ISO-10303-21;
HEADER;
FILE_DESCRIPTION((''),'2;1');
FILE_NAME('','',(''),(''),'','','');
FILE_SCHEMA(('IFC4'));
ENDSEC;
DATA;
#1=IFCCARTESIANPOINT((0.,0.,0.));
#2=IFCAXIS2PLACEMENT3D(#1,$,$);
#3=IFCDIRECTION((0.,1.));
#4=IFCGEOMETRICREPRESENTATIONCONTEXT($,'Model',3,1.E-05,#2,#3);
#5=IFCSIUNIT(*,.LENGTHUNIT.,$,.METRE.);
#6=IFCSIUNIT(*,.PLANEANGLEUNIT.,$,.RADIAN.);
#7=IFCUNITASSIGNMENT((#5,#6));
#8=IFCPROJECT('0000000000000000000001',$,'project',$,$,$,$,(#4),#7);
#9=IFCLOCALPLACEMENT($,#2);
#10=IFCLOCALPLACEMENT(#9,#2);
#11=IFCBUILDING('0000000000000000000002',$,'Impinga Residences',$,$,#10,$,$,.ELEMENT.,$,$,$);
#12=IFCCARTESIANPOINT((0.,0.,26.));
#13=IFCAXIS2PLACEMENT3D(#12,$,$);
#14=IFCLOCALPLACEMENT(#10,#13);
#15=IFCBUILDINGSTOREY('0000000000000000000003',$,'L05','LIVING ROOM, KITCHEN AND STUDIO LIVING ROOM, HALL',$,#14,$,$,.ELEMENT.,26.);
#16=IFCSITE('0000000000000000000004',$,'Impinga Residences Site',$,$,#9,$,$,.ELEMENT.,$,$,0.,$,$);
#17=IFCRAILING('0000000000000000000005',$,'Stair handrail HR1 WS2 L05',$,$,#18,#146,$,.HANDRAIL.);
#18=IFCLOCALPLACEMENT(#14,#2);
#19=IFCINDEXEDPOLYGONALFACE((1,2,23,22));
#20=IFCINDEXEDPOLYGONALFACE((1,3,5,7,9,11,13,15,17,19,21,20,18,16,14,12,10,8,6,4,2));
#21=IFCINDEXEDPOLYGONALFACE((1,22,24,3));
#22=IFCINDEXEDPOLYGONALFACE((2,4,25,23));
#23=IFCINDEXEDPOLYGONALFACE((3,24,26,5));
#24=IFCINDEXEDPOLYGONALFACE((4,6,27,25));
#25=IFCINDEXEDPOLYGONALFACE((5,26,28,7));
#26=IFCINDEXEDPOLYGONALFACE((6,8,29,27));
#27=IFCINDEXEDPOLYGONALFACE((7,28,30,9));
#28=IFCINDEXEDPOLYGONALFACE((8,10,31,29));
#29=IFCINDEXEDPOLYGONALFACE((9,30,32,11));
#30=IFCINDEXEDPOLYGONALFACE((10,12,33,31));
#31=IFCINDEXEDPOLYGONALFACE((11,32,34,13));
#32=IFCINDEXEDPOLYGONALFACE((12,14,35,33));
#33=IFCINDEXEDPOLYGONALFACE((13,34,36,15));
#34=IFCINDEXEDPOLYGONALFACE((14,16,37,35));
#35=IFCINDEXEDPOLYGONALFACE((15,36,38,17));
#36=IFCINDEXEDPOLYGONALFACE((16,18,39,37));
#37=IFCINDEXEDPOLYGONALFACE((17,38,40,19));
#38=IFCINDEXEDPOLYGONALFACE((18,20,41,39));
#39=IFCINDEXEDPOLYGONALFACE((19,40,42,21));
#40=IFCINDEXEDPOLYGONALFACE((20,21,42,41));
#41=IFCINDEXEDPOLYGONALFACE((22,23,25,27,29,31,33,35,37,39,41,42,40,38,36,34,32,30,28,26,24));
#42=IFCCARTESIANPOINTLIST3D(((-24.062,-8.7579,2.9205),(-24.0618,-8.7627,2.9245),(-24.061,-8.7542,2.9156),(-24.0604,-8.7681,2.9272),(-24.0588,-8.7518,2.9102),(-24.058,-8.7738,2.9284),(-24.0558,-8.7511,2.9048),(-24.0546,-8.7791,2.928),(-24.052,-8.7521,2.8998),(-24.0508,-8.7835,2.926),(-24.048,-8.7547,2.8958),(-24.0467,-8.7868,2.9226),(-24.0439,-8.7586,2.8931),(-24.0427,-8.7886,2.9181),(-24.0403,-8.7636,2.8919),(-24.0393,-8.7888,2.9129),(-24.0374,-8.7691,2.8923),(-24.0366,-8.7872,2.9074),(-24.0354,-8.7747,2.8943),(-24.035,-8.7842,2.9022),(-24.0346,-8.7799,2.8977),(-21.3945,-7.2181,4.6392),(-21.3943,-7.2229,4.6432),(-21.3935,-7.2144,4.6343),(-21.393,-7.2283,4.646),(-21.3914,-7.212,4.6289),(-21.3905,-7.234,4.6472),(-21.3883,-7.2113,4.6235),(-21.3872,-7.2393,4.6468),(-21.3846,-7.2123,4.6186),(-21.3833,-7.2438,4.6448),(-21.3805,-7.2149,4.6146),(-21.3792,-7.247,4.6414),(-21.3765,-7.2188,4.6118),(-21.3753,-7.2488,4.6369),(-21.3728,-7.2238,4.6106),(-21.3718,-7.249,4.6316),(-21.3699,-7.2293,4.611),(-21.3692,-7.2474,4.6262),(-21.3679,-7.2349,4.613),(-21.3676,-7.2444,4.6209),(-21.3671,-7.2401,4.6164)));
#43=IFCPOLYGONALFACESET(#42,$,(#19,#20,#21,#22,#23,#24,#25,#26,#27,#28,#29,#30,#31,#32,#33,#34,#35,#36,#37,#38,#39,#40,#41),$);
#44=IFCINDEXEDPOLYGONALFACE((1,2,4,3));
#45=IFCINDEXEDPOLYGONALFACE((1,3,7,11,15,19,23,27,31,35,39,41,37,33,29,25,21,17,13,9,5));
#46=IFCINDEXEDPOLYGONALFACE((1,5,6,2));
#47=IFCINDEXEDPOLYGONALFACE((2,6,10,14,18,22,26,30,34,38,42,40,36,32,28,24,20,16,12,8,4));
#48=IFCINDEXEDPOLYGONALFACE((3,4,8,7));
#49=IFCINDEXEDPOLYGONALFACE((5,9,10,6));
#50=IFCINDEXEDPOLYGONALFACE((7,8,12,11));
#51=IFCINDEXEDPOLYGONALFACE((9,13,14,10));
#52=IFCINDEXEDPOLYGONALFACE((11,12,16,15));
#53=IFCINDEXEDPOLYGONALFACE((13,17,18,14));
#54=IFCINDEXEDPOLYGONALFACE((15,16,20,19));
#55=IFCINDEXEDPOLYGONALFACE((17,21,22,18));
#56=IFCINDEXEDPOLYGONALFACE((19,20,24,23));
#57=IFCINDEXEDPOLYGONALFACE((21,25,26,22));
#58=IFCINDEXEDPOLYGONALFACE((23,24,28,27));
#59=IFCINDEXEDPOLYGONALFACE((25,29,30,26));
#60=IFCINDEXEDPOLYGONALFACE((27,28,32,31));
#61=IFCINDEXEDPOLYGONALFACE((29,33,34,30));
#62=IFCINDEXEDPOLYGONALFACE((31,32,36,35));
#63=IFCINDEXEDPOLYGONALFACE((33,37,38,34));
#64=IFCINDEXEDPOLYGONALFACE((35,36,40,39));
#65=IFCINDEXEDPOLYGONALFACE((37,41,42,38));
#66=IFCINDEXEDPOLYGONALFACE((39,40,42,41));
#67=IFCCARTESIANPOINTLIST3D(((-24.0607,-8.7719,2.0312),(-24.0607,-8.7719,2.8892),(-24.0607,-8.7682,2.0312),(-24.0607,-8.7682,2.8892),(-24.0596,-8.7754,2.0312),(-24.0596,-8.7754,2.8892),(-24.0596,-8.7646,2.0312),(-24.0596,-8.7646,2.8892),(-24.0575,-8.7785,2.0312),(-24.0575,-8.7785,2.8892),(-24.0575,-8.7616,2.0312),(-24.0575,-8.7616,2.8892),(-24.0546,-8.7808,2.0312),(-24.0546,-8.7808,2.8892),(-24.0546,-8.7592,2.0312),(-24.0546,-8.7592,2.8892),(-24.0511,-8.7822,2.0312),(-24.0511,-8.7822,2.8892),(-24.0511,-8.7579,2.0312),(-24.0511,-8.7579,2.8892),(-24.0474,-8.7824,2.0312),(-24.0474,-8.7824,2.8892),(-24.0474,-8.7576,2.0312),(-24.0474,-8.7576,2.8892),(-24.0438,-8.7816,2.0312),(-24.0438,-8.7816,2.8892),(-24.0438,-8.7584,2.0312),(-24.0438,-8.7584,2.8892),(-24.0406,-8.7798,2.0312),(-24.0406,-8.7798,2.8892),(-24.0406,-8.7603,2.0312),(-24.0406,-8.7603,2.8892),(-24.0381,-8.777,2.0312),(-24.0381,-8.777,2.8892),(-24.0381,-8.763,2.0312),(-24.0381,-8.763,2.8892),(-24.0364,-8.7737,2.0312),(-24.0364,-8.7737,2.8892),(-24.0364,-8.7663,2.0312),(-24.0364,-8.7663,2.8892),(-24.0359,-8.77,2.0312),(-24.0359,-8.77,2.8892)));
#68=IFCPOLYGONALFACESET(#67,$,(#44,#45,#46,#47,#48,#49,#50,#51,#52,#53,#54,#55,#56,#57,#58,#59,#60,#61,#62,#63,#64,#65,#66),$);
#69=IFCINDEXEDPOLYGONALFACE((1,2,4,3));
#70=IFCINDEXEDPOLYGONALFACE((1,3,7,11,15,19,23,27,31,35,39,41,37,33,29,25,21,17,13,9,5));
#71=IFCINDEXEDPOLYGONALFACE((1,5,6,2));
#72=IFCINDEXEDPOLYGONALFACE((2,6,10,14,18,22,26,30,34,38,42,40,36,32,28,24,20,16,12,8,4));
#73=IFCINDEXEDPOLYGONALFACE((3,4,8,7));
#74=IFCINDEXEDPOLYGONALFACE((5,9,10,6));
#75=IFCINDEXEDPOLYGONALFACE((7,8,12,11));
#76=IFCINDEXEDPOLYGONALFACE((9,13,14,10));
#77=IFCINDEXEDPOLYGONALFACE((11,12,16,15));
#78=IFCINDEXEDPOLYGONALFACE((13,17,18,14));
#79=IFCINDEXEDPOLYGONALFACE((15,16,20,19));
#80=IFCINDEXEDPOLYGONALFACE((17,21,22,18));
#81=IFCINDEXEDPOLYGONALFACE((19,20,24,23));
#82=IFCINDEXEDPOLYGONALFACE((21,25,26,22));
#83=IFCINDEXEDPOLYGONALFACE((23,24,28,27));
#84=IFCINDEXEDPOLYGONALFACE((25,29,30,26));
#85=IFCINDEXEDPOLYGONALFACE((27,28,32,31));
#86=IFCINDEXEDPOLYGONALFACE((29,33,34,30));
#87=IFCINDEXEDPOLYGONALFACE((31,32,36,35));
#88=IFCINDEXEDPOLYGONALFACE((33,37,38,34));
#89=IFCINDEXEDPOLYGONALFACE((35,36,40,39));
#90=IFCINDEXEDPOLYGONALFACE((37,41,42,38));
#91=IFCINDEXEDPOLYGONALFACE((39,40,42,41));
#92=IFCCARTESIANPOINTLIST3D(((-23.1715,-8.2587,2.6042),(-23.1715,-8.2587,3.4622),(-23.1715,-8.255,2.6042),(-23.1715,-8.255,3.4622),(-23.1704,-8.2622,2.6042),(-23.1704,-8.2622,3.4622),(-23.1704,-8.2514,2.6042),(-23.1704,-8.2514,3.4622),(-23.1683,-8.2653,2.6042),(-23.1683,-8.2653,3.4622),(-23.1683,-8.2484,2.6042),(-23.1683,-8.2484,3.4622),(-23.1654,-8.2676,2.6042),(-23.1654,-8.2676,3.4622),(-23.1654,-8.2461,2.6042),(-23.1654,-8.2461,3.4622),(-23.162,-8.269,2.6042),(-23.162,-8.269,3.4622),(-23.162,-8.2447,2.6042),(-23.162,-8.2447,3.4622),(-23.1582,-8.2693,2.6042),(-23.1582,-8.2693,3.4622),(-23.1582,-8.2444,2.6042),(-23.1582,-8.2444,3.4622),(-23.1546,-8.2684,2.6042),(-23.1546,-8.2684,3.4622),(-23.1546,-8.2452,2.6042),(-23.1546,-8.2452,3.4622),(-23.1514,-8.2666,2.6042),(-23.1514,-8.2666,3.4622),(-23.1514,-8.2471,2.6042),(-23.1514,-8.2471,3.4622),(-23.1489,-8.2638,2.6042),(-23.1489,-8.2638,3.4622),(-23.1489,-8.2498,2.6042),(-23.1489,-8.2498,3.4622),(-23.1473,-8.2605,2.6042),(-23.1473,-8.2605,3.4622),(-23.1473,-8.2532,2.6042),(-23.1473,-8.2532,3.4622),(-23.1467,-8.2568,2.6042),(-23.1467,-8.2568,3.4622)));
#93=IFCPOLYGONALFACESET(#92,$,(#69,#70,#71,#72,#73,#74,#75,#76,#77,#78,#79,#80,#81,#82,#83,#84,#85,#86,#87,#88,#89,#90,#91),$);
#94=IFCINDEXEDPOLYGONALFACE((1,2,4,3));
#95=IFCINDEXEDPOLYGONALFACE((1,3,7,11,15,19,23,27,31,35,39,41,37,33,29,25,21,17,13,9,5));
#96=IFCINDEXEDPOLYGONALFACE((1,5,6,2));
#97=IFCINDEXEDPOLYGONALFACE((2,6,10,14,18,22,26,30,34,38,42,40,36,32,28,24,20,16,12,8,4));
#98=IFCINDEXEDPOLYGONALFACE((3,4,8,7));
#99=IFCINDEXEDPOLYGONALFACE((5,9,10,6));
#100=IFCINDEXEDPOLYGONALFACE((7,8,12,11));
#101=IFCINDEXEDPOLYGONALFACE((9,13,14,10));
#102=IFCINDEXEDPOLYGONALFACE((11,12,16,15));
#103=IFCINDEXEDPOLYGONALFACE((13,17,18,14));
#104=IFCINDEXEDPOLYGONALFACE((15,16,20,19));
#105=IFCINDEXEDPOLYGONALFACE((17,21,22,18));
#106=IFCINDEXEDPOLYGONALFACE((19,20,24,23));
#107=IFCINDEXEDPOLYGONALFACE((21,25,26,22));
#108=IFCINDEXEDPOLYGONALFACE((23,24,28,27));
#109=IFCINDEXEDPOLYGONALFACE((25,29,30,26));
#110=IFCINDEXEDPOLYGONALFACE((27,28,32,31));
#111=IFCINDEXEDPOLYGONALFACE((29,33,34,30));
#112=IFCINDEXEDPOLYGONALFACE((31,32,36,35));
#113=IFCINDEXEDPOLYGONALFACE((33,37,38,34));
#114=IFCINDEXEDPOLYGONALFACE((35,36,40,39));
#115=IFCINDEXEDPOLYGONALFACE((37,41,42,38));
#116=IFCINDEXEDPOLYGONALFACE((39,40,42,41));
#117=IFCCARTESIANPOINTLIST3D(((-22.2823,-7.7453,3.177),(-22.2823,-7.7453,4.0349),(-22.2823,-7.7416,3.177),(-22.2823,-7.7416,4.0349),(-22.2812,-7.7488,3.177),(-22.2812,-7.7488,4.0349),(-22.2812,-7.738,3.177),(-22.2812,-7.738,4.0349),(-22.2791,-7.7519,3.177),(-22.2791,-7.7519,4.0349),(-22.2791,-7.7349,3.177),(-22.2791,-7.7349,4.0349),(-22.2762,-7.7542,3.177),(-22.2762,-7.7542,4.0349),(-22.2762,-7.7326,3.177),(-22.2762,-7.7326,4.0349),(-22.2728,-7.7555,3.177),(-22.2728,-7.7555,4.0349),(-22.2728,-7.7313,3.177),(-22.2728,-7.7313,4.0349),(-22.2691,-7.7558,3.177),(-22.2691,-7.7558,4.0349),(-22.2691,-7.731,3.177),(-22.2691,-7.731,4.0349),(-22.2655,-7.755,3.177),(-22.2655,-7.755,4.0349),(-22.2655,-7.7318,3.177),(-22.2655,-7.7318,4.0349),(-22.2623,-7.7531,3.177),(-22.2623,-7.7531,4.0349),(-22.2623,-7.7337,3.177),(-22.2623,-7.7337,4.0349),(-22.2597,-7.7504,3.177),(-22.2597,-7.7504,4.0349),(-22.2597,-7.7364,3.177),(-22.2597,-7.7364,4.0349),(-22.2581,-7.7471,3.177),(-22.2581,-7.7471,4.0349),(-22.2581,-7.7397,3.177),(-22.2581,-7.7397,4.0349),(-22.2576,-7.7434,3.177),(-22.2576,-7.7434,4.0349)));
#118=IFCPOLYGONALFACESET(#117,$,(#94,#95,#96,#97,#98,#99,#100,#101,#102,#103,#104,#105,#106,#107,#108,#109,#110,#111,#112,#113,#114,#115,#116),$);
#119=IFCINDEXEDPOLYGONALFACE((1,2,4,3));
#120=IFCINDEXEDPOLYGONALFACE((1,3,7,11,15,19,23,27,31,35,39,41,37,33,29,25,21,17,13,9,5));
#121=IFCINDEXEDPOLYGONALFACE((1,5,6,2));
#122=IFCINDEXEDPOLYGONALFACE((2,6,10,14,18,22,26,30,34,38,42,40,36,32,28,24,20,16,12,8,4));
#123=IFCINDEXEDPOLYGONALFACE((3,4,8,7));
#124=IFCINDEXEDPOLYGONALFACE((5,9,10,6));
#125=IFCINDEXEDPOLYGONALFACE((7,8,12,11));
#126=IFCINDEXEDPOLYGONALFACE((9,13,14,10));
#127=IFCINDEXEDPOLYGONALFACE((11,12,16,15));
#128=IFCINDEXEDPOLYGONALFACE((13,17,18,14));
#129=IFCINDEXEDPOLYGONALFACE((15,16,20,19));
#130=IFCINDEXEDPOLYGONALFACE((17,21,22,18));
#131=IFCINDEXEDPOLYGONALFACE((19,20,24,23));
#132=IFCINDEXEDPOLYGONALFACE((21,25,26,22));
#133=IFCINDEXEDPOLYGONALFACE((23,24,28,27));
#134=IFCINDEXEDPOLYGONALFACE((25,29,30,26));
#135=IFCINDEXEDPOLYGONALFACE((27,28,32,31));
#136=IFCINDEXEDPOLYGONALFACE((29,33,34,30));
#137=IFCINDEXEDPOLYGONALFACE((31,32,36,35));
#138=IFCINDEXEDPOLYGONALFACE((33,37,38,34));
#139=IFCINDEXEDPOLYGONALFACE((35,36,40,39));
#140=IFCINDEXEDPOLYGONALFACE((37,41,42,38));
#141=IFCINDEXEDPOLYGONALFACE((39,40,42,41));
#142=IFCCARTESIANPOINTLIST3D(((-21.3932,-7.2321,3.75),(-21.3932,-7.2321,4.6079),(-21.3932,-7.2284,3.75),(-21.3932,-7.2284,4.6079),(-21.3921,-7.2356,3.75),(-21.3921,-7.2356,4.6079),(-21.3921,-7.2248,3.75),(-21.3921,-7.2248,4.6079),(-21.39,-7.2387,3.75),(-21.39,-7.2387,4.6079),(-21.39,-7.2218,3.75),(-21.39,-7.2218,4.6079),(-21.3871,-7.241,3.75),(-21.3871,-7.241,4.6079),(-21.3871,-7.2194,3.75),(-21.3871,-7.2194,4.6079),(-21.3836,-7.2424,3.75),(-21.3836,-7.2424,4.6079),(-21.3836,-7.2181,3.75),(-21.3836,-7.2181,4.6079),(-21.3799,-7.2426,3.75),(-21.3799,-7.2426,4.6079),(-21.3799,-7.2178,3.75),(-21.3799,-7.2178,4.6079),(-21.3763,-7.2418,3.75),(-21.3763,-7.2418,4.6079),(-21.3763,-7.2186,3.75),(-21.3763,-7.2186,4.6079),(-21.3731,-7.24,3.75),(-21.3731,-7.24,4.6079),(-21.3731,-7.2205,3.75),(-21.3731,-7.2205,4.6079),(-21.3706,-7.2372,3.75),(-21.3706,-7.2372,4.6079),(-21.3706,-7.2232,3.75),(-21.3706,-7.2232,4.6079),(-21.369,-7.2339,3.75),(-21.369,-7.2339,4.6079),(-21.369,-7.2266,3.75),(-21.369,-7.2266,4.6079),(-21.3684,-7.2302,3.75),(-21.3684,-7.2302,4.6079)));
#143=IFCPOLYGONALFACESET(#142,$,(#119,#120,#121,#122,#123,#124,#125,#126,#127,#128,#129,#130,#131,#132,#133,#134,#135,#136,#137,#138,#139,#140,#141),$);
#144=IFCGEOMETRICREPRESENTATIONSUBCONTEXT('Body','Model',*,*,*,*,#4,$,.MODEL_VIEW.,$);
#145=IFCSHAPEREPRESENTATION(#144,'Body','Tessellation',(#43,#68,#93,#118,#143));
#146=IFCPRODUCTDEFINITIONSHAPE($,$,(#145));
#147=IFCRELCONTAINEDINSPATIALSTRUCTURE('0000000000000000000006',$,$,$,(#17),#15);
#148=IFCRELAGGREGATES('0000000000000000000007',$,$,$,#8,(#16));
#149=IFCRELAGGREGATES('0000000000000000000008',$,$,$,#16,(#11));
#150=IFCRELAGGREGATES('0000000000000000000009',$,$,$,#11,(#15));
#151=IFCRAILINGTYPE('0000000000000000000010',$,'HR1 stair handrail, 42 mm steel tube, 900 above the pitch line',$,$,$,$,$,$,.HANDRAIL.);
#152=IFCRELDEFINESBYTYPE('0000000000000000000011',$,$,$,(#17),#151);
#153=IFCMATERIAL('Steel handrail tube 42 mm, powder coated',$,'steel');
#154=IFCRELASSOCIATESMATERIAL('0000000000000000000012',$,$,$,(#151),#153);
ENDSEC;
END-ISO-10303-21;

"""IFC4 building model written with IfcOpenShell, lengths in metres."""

from ifc_helpers import new_model, si_unit, direction, frame, origin, origin_2d, place, context, subcontext, project, spatial, circle, extrude, material, type_object, element, save


model = new_model("IFC4")

# Units and contexts
model_context = context("Model", 3, precision=1e-05, world=origin(), true_north=direction((0.0, 1.0)))
body_context = subcontext(model_context, "Body", "Model", "MODEL_VIEW")
ifc_project = project(units=[si_unit("LENGTHUNIT", "METRE"), si_unit("PLANEANGLEUNIT", "RADIAN")], contexts=[model_context])

# Site, building, storey
site_placement = place(None, origin())
site = spatial("IfcSite", under=ifc_project, at=site_placement, Name="Impinga Residences Site", CompositionType="ELEMENT", RefElevation=0.0)
building_placement = place(site_placement, origin())
building = spatial("IfcBuilding", under=site, at=building_placement, Name="Impinga Residences", CompositionType="ELEMENT")
storey_placement = place(building_placement, frame((0.0, 0.0, 26.0)))
storey = spatial("IfcBuildingStorey", under=building, at=storey_placement, Name="L05", Description="LIVING ROOM, KITCHEN AND STUDIO LIVING ROOM, HALL", CompositionType="ELEMENT", Elevation=26.0)

# Railing
ifc_material_1 = material(Name="Steel handrail tube 42 mm, powder coated", Category="steel")
railing_type_1 = type_object("IfcRailingType", Name="HR1 stair handrail, 42 mm steel tube, 900 above the pitch line", PredefinedType="HANDRAIL", material=ifc_material_1)
railing_1_placement = place(storey_placement, frame((-24.0483, -8.77, 2.0312)))
element("IfcRailing", 1, at=railing_1_placement, inside=storey, type_object=railing_type_1, Name="Stair handrail HR1 WS2 L05", PredefinedType="HANDRAIL", context=body_context, shape_type="SweptSolid", body=[
    extrude(circle(Radius=0.021, at=origin_2d()), frame((0.0, 0.0, 0.8789), z_axis=(0.756279, 0.43656, 0.487297), x_axis=(-0.499933, 0.866064, 0.0)), (0.0, 0.0, 1.0), 3.5271),
    extrude(circle(Radius=0.0125, at=origin_2d()), origin(), (0.0, 0.0, 1.0), 0.8579),
    extrude(circle(Radius=0.0125, at=origin_2d()), frame((0.8892, 0.5132, 0.573)), (0.0, 0.0, 1.0), 0.8579),
    extrude(circle(Radius=0.0125, at=origin_2d()), frame((1.7783, 1.0266, 1.1458)), (0.0, 0.0, 1.0), 0.8579),
    extrude(circle(Radius=0.0125, at=origin_2d()), frame((2.6675, 1.5398, 1.7188)), (0.0, 0.0, 1.0), 0.8579),
])

save(model, "model.ifc")
